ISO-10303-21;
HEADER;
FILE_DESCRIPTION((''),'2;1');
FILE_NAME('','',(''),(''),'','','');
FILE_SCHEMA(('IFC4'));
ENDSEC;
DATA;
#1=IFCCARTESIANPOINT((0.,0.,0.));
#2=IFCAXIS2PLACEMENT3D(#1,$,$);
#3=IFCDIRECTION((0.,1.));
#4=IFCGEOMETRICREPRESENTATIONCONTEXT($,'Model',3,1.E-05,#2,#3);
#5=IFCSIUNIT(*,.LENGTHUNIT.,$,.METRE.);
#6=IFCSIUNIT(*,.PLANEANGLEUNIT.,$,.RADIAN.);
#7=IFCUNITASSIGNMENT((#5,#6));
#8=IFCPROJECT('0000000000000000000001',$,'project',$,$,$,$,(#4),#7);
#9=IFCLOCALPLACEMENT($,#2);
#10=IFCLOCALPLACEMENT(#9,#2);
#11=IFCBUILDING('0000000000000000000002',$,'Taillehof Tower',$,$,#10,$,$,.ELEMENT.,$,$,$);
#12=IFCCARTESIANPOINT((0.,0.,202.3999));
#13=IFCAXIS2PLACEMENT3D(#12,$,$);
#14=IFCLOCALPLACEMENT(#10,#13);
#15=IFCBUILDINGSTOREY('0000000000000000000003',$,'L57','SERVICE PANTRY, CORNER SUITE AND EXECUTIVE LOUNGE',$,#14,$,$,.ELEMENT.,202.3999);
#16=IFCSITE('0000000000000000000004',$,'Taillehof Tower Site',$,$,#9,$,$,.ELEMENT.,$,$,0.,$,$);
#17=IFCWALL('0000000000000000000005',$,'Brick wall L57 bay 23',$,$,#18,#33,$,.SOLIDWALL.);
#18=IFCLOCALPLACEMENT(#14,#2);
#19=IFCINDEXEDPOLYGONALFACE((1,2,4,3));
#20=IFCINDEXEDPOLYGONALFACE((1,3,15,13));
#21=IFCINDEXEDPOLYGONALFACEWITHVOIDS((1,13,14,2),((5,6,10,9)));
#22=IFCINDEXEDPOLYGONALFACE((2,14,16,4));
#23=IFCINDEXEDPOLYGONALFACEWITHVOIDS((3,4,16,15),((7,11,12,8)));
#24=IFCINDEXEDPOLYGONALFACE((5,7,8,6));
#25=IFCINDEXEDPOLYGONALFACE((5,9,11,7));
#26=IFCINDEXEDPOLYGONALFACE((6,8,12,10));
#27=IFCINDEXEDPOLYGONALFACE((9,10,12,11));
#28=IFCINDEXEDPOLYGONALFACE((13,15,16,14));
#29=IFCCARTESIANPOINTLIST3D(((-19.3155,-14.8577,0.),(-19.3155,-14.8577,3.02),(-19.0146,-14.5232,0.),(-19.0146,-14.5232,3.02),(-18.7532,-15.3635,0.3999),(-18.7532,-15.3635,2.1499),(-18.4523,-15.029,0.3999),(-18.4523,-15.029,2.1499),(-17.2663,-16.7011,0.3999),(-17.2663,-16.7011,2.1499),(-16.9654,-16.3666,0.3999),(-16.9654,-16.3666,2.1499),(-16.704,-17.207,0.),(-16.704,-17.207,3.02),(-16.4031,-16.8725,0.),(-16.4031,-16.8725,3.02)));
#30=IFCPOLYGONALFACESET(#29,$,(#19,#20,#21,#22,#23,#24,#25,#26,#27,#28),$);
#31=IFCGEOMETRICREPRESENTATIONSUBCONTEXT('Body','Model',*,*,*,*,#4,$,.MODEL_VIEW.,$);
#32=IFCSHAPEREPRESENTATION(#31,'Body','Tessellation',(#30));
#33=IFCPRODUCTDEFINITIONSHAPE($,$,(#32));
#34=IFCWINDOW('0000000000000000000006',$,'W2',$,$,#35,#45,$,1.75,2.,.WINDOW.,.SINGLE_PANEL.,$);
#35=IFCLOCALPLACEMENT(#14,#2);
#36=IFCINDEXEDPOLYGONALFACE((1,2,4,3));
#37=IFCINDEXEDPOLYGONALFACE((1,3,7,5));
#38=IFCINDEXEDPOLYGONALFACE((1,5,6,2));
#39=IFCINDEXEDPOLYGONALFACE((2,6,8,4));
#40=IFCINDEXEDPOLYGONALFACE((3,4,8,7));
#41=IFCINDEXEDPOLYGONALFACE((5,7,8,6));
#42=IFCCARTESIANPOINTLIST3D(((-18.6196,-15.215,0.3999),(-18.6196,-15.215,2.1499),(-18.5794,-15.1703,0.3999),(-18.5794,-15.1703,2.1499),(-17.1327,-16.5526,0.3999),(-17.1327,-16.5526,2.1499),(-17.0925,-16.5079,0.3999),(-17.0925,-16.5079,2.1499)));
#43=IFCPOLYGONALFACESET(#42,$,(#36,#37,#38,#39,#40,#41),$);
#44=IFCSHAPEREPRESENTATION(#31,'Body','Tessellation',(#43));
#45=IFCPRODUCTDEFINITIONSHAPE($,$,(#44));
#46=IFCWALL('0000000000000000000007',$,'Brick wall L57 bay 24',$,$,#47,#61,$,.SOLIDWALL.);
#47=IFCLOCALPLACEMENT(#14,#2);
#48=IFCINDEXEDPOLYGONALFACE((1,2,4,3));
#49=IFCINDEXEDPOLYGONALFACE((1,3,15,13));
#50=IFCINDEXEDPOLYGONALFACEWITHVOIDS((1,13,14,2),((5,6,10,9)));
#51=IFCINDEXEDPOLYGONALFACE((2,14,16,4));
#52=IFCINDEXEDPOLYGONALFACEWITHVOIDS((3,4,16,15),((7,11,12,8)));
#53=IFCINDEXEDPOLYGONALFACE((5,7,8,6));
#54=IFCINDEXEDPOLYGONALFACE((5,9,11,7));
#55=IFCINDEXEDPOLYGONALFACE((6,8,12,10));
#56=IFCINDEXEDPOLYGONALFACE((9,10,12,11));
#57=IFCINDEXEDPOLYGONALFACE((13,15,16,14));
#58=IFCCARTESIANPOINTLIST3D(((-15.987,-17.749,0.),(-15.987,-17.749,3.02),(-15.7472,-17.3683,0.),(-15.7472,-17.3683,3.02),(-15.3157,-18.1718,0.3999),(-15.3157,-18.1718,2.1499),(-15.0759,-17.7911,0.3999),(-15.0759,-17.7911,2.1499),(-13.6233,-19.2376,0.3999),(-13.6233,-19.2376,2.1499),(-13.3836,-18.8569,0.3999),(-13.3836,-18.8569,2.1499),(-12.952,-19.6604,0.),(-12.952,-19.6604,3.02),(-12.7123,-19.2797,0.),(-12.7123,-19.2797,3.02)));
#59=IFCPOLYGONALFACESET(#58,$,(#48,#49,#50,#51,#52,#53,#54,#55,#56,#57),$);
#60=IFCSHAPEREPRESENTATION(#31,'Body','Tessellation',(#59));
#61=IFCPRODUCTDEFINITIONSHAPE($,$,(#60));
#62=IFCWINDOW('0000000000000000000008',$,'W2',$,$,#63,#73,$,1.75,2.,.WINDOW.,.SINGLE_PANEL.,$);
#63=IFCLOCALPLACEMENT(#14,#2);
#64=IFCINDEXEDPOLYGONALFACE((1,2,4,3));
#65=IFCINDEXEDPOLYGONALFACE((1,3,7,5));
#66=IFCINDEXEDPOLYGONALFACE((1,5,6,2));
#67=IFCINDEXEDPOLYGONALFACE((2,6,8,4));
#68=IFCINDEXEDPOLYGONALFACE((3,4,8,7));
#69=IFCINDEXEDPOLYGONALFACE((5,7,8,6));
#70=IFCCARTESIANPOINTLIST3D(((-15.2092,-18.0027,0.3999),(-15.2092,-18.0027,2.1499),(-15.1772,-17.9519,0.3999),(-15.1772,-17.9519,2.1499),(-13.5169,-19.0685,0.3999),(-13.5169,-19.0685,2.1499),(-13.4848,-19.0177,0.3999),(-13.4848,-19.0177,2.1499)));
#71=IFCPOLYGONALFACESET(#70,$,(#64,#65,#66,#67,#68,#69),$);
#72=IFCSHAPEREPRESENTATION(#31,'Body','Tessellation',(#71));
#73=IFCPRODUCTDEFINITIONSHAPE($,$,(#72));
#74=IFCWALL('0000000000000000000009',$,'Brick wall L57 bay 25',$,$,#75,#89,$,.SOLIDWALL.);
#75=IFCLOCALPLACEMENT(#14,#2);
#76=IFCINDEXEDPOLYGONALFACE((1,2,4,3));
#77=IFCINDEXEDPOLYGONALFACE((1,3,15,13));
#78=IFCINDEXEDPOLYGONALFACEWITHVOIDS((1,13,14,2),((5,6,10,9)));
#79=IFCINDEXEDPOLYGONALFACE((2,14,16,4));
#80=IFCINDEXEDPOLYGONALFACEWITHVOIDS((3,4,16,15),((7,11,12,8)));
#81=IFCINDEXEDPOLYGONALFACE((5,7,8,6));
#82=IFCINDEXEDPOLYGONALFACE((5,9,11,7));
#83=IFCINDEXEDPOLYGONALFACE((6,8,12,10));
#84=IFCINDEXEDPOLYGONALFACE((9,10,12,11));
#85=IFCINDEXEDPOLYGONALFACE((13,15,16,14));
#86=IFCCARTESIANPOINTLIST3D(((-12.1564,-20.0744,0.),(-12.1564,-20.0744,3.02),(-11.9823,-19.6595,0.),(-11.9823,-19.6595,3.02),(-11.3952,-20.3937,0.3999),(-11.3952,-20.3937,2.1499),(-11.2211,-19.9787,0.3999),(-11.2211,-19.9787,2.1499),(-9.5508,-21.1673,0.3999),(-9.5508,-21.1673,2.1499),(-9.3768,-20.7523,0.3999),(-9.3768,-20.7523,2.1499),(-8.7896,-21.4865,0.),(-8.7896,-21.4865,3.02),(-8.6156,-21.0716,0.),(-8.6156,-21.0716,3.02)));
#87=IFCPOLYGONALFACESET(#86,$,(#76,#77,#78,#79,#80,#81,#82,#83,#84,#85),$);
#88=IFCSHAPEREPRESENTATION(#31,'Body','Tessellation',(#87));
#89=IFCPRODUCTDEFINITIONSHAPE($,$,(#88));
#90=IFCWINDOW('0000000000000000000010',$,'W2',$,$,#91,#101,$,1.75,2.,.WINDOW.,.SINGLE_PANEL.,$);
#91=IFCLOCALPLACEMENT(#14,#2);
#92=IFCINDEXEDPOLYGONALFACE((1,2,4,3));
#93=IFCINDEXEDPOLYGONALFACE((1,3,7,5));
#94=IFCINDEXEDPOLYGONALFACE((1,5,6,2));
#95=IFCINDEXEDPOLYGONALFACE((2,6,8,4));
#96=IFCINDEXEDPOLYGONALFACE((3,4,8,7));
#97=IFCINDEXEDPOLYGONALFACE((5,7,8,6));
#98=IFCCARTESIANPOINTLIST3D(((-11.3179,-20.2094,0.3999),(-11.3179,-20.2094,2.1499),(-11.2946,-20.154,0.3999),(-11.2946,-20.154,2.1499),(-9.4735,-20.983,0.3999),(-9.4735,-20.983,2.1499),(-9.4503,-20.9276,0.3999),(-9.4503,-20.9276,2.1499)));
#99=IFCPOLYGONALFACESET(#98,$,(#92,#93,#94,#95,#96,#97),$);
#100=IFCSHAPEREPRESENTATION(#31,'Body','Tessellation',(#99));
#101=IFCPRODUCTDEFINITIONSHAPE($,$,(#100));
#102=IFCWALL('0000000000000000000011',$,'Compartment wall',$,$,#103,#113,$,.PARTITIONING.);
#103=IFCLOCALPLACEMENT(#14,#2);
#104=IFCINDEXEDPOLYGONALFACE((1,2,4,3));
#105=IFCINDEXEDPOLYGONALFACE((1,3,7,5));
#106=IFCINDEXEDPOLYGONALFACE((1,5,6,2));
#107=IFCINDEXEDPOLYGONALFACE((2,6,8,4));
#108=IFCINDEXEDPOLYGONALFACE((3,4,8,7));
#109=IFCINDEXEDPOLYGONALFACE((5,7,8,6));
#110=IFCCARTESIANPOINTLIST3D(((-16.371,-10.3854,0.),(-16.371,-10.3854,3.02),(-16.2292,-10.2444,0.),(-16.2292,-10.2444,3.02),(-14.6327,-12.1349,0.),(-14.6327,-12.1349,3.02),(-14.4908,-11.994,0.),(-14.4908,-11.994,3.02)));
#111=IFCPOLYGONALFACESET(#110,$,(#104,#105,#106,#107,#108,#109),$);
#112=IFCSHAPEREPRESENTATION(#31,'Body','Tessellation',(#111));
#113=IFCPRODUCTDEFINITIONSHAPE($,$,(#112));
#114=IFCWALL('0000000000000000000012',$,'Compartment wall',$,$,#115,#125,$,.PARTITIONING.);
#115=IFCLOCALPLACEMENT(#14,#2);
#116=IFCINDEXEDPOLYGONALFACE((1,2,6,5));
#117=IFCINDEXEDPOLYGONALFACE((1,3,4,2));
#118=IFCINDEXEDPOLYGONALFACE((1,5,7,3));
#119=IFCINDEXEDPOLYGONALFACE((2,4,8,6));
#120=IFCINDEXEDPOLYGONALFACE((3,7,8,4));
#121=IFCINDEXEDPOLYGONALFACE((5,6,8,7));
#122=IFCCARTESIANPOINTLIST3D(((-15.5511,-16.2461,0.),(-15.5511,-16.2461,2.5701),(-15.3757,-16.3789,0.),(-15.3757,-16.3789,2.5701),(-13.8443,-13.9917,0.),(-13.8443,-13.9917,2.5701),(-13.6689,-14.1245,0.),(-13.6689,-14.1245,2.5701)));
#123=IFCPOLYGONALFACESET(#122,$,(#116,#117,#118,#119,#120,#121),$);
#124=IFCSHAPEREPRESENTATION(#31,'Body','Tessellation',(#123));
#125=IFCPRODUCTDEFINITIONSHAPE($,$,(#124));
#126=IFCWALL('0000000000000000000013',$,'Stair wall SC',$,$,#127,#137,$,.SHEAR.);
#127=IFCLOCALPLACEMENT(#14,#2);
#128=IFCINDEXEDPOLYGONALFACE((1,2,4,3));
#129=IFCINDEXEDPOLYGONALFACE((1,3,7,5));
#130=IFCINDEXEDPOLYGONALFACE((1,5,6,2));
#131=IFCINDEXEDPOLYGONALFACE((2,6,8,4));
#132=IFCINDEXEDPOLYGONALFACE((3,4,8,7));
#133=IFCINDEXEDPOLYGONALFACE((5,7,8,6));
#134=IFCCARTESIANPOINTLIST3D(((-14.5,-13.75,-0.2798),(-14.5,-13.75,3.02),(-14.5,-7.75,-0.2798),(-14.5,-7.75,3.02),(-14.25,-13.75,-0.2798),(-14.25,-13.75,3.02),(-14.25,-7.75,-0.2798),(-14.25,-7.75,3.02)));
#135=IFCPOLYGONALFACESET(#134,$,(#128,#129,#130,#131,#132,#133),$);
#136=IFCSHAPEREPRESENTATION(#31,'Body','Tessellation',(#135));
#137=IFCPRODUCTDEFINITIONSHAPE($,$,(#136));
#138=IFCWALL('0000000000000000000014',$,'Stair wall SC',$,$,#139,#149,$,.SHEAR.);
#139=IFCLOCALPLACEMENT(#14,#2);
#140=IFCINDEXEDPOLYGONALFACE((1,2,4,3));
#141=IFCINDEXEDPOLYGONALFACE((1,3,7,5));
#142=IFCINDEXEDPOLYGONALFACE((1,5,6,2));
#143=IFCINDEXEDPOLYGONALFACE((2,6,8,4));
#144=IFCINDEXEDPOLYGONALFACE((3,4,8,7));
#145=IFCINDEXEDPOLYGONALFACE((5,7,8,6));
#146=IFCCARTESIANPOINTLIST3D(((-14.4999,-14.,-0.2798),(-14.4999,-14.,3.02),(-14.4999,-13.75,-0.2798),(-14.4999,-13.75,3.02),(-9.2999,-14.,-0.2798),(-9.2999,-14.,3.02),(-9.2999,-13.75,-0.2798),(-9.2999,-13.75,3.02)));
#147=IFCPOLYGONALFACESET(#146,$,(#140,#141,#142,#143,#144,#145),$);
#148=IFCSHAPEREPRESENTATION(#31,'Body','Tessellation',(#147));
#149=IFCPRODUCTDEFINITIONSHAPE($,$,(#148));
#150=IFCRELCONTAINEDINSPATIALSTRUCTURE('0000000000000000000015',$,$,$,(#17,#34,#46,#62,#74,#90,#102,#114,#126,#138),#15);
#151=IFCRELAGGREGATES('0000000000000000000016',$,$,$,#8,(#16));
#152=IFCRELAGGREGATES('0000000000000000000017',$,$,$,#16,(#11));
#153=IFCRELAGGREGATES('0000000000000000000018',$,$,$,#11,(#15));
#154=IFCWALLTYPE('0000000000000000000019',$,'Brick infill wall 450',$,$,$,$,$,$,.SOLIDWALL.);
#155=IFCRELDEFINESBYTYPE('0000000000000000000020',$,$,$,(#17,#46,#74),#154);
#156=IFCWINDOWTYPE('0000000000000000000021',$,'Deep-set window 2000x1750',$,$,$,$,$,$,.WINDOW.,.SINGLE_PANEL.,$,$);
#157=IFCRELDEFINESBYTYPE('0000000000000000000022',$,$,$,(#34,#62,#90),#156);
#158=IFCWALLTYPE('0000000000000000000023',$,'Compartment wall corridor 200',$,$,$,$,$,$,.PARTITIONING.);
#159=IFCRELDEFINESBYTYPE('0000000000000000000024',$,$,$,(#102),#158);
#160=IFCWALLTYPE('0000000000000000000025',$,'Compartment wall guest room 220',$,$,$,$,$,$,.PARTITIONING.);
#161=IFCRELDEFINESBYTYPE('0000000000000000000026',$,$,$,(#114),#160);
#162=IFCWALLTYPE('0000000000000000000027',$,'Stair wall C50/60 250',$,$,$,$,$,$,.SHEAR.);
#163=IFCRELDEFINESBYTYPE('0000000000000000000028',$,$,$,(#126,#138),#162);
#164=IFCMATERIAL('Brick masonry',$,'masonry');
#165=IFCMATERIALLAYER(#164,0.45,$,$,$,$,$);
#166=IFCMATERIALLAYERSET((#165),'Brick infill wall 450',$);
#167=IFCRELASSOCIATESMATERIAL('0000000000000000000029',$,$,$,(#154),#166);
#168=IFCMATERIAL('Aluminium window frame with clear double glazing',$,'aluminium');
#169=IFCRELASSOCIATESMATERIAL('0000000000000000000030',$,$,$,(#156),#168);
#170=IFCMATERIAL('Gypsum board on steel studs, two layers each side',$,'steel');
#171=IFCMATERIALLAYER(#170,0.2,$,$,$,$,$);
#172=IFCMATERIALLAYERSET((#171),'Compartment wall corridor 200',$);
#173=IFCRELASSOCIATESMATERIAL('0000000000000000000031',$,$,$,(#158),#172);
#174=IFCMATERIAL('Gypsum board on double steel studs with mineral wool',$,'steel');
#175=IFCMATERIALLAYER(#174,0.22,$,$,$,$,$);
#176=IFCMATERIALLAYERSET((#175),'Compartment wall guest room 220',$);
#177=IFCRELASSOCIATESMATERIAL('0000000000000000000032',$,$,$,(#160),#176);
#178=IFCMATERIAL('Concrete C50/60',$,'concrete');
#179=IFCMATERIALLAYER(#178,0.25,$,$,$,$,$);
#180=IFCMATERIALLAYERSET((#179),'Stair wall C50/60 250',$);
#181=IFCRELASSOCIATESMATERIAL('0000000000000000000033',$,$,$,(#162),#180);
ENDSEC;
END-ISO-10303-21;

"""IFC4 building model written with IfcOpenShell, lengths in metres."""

from ifc_helpers import new_model, si_unit, direction, frame, frame_2d, origin, place, context, subcontext, project, spatial, rectangle, extrude, material, layer, layer_set, type_object, element, fill, save


model = new_model("IFC4")

# Units and contexts
model_context = context("Model", 3, precision=1e-05, world=origin(), true_north=direction((0.0, 1.0)))
body_context = subcontext(model_context, "Body", "Model", "MODEL_VIEW")
ifc_project = project(units=[si_unit("LENGTHUNIT", "METRE"), si_unit("PLANEANGLEUNIT", "RADIAN")], contexts=[model_context])

# Site, building, storey
site_placement = place(None, origin())
site = spatial("IfcSite", under=ifc_project, at=site_placement, Name="Taillehof Tower Site", CompositionType="ELEMENT", RefElevation=0.0)
building_placement = place(site_placement, origin())
building = spatial("IfcBuilding", under=site, at=building_placement, Name="Taillehof Tower", CompositionType="ELEMENT")
storey_placement = place(building_placement, frame((0.0, 0.0, 202.3999)))
storey = spatial("IfcBuildingStorey", under=building, at=storey_placement, Name="L57", Description="SERVICE PANTRY, CORNER SUITE AND EXECUTIVE LOUNGE", CompositionType="ELEMENT", Elevation=202.3999)

# Walls, openings, windows
ifc_material_1 = material(Name="Brick masonry", Category="masonry")
ifc_layer_1 = layer(ifc_material_1, 0.45)
ifc_layer_set_1 = layer_set([ifc_layer_1], Name="Brick infill wall 450")
wall_type_1 = type_object("IfcWallType", Name="Brick infill wall 450", PredefinedType="SOLIDWALL", material=ifc_layer_set_1)
ifc_material_2 = material(Name="Aluminium window frame with clear double glazing", Category="aluminium")
window_type = type_object("IfcWindowType", Name="Deep-set window 2000x1750", PartitioningType="SINGLE_PANEL", PredefinedType="WINDOW", material=ifc_material_2)
wall_1_placement = place(storey_placement, frame((-19.165, -14.6904, 0.0), z_axis=(0.0, 0.0, 1.0), x_axis=(0.743443, -0.6688, 0.0)))
wall_1 = element("IfcWall", 1, at=wall_1_placement, inside=storey, type_object=wall_type_1, Name="Brick wall L57 bay 23", PredefinedType="SOLIDWALL", context=body_context, shape_type="SweptSolid", body=[
    extrude(rectangle(XDim=3.5127, YDim=0.45, at=frame_2d((1.7563, 0.0))), origin(), (0.0, 0.0, 1.0), 3.02),
])
opening_1_placement = place(wall_1_placement, frame((0.7563, 0.0, 0.3999)))
opening_1 = element("IfcOpeningElement", 2, at=opening_1_placement, cuts=wall_1, PredefinedType="OPENING", context=body_context, shape_type="SweptSolid", body=[
    extrude(rectangle(XDim=2.0, YDim=1.75, at=frame_2d((1.0, 0.875))), frame((0.0, 0.2349, 0.0), z_axis=(0.0, -1.0, 0.0), x_axis=(1.0, 0.0, 0.0)), (0.0, 0.0, 1.0), 0.47),
])
window_1_placement = place(opening_1_placement, origin())
window_1 = element("IfcWindow", 3, at=window_1_placement, inside=storey, type_object=window_type, Name="W2", OverallHeight=1.75, OverallWidth=2.0, PartitioningType="SINGLE_PANEL", PredefinedType="WINDOW", context=body_context, shape_type="SweptSolid", body=[
    extrude(rectangle(XDim=2.0, YDim=1.75, at=frame_2d((1.0, 0.875))), frame((0.0, 0.0349, 0.0), z_axis=(0.0, -1.0, 0.0), x_axis=(1.0, 0.0, 0.0)), (0.0, 0.0, 1.0), 0.0601),
])
fill(opening_1, window_1)
wall_2_placement = place(storey_placement, frame((-15.8672, -17.5586, 0.0), z_axis=(0.0, 0.0, 1.0), x_axis=(0.846169, -0.532914, 0.0)))
wall_2 = element("IfcWall", 4, at=wall_2_placement, inside=storey, type_object=wall_type_1, Name="Brick wall L57 bay 24", PredefinedType="SOLIDWALL", context=body_context, shape_type="SweptSolid", body=[
    extrude(rectangle(XDim=3.5867, YDim=0.45, at=frame_2d((1.7935, 0.0))), origin(), (0.0, 0.0, 1.0), 3.02),
])
opening_2_placement = place(wall_2_placement, frame((0.7935, 0.0, 0.3999)))
opening_2 = element("IfcOpeningElement", 5, at=opening_2_placement, cuts=wall_2, PredefinedType="OPENING", context=body_context, shape_type="SweptSolid", body=[
    extrude(rectangle(XDim=2.0, YDim=1.75, at=frame_2d((1.0, 0.875))), frame((0.0, 0.2349, 0.0), z_axis=(0.0, -1.0, 0.0), x_axis=(1.0, 0.0, 0.0)), (0.0, 0.0, 1.0), 0.47),
])
window_2_placement = place(opening_2_placement, origin())
window_2 = element("IfcWindow", 6, at=window_2_placement, inside=storey, type_object=window_type, Name="W2", OverallHeight=1.75, OverallWidth=2.0, PartitioningType="SINGLE_PANEL", PredefinedType="WINDOW", context=body_context, shape_type="SweptSolid", body=[
    extrude(rectangle(XDim=2.0, YDim=1.75, at=frame_2d((1.0, 0.875))), frame((0.0, 0.0349, 0.0), z_axis=(0.0, -1.0, 0.0), x_axis=(1.0, 0.0, 0.0)), (0.0, 0.0, 1.0), 0.0601),
])
fill(opening_2, window_2)
wall_3_placement = place(storey_placement, frame((-12.0693, -19.8669, 0.0), z_axis=(0.0, 0.0, 1.0), x_axis=(0.922168, -0.386789, 0.0)))
wall_3 = element("IfcWall", 7, at=wall_3_placement, inside=storey, type_object=wall_type_1, Name="Brick wall L57 bay 25", PredefinedType="SOLIDWALL", context=body_context, shape_type="SweptSolid", body=[
    extrude(rectangle(XDim=3.6509, YDim=0.45, at=frame_2d((1.8254, 0.0))), origin(), (0.0, 0.0, 1.0), 3.02),
])
opening_3_placement = place(wall_3_placement, frame((0.8254, 0.0, 0.3999)))
opening_3 = element("IfcOpeningElement", 8, at=opening_3_placement, cuts=wall_3, PredefinedType="OPENING", context=body_context, shape_type="SweptSolid", body=[
    extrude(rectangle(XDim=2.0, YDim=1.75, at=frame_2d((1.0, 0.875))), frame((0.0, 0.2349, 0.0), z_axis=(0.0, -1.0, 0.0), x_axis=(1.0, 0.0, 0.0)), (0.0, 0.0, 1.0), 0.47),
])
window_3_placement = place(opening_3_placement, origin())
window_3 = element("IfcWindow", 9, at=window_3_placement, inside=storey, type_object=window_type, Name="W2", OverallHeight=1.75, OverallWidth=2.0, PartitioningType="SINGLE_PANEL", PredefinedType="WINDOW", context=body_context, shape_type="SweptSolid", body=[
    extrude(rectangle(XDim=2.0, YDim=1.75, at=frame_2d((1.0, 0.875))), frame((0.0, 0.0349, 0.0), z_axis=(0.0, -1.0, 0.0), x_axis=(1.0, 0.0, 0.0)), (0.0, 0.0, 1.0), 0.0601),
])
fill(opening_3, window_3)

# Walls
ifc_material_3 = material(Name="Gypsum board on steel studs, two layers each side", Category="steel")
ifc_layer_2 = layer(ifc_material_3, 0.2)
ifc_layer_set_2 = layer_set([ifc_layer_2], Name="Compartment wall corridor 200")
wall_type_2 = type_object("IfcWallType", Name="Compartment wall corridor 200", PredefinedType="PARTITIONING", material=ifc_layer_set_2)
wall_4_placement = place(storey_placement, frame((-14.5618, -12.0645, 0.0), z_axis=(0.0, 0.0, 1.0), x_axis=(-0.704826, 0.70938, 0.0)))
element("IfcWall", 10, at=wall_4_placement, inside=storey, type_object=wall_type_2, Name="Compartment wall", PredefinedType="PARTITIONING", context=body_context, shape_type="SweptSolid", body=[
    extrude(rectangle(XDim=2.4663, YDim=0.2, at=frame_2d((1.2332, 0.0))), origin(), (0.0, 0.0, 1.0), 3.02),
])
ifc_material_4 = material(Name="Gypsum board on double steel studs with mineral wool", Category="steel")
ifc_layer_3 = layer(ifc_material_4, 0.22)
ifc_layer_set_3 = layer_set([ifc_layer_3], Name="Compartment wall guest room 220")
wall_type_3 = type_object("IfcWallType", Name="Compartment wall guest room 220", PredefinedType="PARTITIONING", material=ifc_layer_set_3)
wall_5_placement = place(storey_placement, frame((-15.4634, -16.3125, 0.0), z_axis=(0.0, 0.0, 1.0), x_axis=(0.603613, 0.797277, 0.0)))
element("IfcWall", 11, at=wall_5_placement, inside=storey, type_object=wall_type_3, Name="Compartment wall", PredefinedType="PARTITIONING", context=body_context, shape_type="SweptSolid", body=[
    extrude(rectangle(XDim=2.8276, YDim=0.22, at=frame_2d((1.4138, 0.0))), origin(), (0.0, 0.0, 1.0), 2.5701),
])
ifc_material_5 = material(Name="Concrete C50/60", Category="concrete")
ifc_layer_4 = layer(ifc_material_5, 0.25)
ifc_layer_set_4 = layer_set([ifc_layer_4], Name="Stair wall C50/60 250")
wall_type_4 = type_object("IfcWallType", Name="Stair wall C50/60 250", PredefinedType="SHEAR", material=ifc_layer_set_4)
wall_6_placement = place(storey_placement, frame((-14.375, -13.75, -0.2798), z_axis=(0.0, 0.0, 1.0), x_axis=(0.0, 1.0, 0.0)))
element("IfcWall", 12, at=wall_6_placement, inside=storey, type_object=wall_type_4, Name="Stair wall SC", PredefinedType="SHEAR", context=body_context, shape_type="SweptSolid", body=[
    extrude(rectangle(XDim=6.0, YDim=0.25, at=frame_2d((3.0, 0.0))), origin(), (0.0, 0.0, 1.0), 3.2998),
])
wall_7_placement = place(storey_placement, frame((-14.5, -13.875, -0.2798), z_axis=(0.0, 0.0, 1.0), x_axis=(1.0, 0.0, 0.0)))
element("IfcWall", 13, at=wall_7_placement, inside=storey, type_object=wall_type_4, Name="Stair wall SC", PredefinedType="SHEAR", context=body_context, shape_type="SweptSolid", body=[
    extrude(rectangle(XDim=5.2, YDim=0.25, at=frame_2d((2.6001, 0.0))), origin(), (0.0, 0.0, 1.0), 3.2998),
])

save(model, "model.ifc")
